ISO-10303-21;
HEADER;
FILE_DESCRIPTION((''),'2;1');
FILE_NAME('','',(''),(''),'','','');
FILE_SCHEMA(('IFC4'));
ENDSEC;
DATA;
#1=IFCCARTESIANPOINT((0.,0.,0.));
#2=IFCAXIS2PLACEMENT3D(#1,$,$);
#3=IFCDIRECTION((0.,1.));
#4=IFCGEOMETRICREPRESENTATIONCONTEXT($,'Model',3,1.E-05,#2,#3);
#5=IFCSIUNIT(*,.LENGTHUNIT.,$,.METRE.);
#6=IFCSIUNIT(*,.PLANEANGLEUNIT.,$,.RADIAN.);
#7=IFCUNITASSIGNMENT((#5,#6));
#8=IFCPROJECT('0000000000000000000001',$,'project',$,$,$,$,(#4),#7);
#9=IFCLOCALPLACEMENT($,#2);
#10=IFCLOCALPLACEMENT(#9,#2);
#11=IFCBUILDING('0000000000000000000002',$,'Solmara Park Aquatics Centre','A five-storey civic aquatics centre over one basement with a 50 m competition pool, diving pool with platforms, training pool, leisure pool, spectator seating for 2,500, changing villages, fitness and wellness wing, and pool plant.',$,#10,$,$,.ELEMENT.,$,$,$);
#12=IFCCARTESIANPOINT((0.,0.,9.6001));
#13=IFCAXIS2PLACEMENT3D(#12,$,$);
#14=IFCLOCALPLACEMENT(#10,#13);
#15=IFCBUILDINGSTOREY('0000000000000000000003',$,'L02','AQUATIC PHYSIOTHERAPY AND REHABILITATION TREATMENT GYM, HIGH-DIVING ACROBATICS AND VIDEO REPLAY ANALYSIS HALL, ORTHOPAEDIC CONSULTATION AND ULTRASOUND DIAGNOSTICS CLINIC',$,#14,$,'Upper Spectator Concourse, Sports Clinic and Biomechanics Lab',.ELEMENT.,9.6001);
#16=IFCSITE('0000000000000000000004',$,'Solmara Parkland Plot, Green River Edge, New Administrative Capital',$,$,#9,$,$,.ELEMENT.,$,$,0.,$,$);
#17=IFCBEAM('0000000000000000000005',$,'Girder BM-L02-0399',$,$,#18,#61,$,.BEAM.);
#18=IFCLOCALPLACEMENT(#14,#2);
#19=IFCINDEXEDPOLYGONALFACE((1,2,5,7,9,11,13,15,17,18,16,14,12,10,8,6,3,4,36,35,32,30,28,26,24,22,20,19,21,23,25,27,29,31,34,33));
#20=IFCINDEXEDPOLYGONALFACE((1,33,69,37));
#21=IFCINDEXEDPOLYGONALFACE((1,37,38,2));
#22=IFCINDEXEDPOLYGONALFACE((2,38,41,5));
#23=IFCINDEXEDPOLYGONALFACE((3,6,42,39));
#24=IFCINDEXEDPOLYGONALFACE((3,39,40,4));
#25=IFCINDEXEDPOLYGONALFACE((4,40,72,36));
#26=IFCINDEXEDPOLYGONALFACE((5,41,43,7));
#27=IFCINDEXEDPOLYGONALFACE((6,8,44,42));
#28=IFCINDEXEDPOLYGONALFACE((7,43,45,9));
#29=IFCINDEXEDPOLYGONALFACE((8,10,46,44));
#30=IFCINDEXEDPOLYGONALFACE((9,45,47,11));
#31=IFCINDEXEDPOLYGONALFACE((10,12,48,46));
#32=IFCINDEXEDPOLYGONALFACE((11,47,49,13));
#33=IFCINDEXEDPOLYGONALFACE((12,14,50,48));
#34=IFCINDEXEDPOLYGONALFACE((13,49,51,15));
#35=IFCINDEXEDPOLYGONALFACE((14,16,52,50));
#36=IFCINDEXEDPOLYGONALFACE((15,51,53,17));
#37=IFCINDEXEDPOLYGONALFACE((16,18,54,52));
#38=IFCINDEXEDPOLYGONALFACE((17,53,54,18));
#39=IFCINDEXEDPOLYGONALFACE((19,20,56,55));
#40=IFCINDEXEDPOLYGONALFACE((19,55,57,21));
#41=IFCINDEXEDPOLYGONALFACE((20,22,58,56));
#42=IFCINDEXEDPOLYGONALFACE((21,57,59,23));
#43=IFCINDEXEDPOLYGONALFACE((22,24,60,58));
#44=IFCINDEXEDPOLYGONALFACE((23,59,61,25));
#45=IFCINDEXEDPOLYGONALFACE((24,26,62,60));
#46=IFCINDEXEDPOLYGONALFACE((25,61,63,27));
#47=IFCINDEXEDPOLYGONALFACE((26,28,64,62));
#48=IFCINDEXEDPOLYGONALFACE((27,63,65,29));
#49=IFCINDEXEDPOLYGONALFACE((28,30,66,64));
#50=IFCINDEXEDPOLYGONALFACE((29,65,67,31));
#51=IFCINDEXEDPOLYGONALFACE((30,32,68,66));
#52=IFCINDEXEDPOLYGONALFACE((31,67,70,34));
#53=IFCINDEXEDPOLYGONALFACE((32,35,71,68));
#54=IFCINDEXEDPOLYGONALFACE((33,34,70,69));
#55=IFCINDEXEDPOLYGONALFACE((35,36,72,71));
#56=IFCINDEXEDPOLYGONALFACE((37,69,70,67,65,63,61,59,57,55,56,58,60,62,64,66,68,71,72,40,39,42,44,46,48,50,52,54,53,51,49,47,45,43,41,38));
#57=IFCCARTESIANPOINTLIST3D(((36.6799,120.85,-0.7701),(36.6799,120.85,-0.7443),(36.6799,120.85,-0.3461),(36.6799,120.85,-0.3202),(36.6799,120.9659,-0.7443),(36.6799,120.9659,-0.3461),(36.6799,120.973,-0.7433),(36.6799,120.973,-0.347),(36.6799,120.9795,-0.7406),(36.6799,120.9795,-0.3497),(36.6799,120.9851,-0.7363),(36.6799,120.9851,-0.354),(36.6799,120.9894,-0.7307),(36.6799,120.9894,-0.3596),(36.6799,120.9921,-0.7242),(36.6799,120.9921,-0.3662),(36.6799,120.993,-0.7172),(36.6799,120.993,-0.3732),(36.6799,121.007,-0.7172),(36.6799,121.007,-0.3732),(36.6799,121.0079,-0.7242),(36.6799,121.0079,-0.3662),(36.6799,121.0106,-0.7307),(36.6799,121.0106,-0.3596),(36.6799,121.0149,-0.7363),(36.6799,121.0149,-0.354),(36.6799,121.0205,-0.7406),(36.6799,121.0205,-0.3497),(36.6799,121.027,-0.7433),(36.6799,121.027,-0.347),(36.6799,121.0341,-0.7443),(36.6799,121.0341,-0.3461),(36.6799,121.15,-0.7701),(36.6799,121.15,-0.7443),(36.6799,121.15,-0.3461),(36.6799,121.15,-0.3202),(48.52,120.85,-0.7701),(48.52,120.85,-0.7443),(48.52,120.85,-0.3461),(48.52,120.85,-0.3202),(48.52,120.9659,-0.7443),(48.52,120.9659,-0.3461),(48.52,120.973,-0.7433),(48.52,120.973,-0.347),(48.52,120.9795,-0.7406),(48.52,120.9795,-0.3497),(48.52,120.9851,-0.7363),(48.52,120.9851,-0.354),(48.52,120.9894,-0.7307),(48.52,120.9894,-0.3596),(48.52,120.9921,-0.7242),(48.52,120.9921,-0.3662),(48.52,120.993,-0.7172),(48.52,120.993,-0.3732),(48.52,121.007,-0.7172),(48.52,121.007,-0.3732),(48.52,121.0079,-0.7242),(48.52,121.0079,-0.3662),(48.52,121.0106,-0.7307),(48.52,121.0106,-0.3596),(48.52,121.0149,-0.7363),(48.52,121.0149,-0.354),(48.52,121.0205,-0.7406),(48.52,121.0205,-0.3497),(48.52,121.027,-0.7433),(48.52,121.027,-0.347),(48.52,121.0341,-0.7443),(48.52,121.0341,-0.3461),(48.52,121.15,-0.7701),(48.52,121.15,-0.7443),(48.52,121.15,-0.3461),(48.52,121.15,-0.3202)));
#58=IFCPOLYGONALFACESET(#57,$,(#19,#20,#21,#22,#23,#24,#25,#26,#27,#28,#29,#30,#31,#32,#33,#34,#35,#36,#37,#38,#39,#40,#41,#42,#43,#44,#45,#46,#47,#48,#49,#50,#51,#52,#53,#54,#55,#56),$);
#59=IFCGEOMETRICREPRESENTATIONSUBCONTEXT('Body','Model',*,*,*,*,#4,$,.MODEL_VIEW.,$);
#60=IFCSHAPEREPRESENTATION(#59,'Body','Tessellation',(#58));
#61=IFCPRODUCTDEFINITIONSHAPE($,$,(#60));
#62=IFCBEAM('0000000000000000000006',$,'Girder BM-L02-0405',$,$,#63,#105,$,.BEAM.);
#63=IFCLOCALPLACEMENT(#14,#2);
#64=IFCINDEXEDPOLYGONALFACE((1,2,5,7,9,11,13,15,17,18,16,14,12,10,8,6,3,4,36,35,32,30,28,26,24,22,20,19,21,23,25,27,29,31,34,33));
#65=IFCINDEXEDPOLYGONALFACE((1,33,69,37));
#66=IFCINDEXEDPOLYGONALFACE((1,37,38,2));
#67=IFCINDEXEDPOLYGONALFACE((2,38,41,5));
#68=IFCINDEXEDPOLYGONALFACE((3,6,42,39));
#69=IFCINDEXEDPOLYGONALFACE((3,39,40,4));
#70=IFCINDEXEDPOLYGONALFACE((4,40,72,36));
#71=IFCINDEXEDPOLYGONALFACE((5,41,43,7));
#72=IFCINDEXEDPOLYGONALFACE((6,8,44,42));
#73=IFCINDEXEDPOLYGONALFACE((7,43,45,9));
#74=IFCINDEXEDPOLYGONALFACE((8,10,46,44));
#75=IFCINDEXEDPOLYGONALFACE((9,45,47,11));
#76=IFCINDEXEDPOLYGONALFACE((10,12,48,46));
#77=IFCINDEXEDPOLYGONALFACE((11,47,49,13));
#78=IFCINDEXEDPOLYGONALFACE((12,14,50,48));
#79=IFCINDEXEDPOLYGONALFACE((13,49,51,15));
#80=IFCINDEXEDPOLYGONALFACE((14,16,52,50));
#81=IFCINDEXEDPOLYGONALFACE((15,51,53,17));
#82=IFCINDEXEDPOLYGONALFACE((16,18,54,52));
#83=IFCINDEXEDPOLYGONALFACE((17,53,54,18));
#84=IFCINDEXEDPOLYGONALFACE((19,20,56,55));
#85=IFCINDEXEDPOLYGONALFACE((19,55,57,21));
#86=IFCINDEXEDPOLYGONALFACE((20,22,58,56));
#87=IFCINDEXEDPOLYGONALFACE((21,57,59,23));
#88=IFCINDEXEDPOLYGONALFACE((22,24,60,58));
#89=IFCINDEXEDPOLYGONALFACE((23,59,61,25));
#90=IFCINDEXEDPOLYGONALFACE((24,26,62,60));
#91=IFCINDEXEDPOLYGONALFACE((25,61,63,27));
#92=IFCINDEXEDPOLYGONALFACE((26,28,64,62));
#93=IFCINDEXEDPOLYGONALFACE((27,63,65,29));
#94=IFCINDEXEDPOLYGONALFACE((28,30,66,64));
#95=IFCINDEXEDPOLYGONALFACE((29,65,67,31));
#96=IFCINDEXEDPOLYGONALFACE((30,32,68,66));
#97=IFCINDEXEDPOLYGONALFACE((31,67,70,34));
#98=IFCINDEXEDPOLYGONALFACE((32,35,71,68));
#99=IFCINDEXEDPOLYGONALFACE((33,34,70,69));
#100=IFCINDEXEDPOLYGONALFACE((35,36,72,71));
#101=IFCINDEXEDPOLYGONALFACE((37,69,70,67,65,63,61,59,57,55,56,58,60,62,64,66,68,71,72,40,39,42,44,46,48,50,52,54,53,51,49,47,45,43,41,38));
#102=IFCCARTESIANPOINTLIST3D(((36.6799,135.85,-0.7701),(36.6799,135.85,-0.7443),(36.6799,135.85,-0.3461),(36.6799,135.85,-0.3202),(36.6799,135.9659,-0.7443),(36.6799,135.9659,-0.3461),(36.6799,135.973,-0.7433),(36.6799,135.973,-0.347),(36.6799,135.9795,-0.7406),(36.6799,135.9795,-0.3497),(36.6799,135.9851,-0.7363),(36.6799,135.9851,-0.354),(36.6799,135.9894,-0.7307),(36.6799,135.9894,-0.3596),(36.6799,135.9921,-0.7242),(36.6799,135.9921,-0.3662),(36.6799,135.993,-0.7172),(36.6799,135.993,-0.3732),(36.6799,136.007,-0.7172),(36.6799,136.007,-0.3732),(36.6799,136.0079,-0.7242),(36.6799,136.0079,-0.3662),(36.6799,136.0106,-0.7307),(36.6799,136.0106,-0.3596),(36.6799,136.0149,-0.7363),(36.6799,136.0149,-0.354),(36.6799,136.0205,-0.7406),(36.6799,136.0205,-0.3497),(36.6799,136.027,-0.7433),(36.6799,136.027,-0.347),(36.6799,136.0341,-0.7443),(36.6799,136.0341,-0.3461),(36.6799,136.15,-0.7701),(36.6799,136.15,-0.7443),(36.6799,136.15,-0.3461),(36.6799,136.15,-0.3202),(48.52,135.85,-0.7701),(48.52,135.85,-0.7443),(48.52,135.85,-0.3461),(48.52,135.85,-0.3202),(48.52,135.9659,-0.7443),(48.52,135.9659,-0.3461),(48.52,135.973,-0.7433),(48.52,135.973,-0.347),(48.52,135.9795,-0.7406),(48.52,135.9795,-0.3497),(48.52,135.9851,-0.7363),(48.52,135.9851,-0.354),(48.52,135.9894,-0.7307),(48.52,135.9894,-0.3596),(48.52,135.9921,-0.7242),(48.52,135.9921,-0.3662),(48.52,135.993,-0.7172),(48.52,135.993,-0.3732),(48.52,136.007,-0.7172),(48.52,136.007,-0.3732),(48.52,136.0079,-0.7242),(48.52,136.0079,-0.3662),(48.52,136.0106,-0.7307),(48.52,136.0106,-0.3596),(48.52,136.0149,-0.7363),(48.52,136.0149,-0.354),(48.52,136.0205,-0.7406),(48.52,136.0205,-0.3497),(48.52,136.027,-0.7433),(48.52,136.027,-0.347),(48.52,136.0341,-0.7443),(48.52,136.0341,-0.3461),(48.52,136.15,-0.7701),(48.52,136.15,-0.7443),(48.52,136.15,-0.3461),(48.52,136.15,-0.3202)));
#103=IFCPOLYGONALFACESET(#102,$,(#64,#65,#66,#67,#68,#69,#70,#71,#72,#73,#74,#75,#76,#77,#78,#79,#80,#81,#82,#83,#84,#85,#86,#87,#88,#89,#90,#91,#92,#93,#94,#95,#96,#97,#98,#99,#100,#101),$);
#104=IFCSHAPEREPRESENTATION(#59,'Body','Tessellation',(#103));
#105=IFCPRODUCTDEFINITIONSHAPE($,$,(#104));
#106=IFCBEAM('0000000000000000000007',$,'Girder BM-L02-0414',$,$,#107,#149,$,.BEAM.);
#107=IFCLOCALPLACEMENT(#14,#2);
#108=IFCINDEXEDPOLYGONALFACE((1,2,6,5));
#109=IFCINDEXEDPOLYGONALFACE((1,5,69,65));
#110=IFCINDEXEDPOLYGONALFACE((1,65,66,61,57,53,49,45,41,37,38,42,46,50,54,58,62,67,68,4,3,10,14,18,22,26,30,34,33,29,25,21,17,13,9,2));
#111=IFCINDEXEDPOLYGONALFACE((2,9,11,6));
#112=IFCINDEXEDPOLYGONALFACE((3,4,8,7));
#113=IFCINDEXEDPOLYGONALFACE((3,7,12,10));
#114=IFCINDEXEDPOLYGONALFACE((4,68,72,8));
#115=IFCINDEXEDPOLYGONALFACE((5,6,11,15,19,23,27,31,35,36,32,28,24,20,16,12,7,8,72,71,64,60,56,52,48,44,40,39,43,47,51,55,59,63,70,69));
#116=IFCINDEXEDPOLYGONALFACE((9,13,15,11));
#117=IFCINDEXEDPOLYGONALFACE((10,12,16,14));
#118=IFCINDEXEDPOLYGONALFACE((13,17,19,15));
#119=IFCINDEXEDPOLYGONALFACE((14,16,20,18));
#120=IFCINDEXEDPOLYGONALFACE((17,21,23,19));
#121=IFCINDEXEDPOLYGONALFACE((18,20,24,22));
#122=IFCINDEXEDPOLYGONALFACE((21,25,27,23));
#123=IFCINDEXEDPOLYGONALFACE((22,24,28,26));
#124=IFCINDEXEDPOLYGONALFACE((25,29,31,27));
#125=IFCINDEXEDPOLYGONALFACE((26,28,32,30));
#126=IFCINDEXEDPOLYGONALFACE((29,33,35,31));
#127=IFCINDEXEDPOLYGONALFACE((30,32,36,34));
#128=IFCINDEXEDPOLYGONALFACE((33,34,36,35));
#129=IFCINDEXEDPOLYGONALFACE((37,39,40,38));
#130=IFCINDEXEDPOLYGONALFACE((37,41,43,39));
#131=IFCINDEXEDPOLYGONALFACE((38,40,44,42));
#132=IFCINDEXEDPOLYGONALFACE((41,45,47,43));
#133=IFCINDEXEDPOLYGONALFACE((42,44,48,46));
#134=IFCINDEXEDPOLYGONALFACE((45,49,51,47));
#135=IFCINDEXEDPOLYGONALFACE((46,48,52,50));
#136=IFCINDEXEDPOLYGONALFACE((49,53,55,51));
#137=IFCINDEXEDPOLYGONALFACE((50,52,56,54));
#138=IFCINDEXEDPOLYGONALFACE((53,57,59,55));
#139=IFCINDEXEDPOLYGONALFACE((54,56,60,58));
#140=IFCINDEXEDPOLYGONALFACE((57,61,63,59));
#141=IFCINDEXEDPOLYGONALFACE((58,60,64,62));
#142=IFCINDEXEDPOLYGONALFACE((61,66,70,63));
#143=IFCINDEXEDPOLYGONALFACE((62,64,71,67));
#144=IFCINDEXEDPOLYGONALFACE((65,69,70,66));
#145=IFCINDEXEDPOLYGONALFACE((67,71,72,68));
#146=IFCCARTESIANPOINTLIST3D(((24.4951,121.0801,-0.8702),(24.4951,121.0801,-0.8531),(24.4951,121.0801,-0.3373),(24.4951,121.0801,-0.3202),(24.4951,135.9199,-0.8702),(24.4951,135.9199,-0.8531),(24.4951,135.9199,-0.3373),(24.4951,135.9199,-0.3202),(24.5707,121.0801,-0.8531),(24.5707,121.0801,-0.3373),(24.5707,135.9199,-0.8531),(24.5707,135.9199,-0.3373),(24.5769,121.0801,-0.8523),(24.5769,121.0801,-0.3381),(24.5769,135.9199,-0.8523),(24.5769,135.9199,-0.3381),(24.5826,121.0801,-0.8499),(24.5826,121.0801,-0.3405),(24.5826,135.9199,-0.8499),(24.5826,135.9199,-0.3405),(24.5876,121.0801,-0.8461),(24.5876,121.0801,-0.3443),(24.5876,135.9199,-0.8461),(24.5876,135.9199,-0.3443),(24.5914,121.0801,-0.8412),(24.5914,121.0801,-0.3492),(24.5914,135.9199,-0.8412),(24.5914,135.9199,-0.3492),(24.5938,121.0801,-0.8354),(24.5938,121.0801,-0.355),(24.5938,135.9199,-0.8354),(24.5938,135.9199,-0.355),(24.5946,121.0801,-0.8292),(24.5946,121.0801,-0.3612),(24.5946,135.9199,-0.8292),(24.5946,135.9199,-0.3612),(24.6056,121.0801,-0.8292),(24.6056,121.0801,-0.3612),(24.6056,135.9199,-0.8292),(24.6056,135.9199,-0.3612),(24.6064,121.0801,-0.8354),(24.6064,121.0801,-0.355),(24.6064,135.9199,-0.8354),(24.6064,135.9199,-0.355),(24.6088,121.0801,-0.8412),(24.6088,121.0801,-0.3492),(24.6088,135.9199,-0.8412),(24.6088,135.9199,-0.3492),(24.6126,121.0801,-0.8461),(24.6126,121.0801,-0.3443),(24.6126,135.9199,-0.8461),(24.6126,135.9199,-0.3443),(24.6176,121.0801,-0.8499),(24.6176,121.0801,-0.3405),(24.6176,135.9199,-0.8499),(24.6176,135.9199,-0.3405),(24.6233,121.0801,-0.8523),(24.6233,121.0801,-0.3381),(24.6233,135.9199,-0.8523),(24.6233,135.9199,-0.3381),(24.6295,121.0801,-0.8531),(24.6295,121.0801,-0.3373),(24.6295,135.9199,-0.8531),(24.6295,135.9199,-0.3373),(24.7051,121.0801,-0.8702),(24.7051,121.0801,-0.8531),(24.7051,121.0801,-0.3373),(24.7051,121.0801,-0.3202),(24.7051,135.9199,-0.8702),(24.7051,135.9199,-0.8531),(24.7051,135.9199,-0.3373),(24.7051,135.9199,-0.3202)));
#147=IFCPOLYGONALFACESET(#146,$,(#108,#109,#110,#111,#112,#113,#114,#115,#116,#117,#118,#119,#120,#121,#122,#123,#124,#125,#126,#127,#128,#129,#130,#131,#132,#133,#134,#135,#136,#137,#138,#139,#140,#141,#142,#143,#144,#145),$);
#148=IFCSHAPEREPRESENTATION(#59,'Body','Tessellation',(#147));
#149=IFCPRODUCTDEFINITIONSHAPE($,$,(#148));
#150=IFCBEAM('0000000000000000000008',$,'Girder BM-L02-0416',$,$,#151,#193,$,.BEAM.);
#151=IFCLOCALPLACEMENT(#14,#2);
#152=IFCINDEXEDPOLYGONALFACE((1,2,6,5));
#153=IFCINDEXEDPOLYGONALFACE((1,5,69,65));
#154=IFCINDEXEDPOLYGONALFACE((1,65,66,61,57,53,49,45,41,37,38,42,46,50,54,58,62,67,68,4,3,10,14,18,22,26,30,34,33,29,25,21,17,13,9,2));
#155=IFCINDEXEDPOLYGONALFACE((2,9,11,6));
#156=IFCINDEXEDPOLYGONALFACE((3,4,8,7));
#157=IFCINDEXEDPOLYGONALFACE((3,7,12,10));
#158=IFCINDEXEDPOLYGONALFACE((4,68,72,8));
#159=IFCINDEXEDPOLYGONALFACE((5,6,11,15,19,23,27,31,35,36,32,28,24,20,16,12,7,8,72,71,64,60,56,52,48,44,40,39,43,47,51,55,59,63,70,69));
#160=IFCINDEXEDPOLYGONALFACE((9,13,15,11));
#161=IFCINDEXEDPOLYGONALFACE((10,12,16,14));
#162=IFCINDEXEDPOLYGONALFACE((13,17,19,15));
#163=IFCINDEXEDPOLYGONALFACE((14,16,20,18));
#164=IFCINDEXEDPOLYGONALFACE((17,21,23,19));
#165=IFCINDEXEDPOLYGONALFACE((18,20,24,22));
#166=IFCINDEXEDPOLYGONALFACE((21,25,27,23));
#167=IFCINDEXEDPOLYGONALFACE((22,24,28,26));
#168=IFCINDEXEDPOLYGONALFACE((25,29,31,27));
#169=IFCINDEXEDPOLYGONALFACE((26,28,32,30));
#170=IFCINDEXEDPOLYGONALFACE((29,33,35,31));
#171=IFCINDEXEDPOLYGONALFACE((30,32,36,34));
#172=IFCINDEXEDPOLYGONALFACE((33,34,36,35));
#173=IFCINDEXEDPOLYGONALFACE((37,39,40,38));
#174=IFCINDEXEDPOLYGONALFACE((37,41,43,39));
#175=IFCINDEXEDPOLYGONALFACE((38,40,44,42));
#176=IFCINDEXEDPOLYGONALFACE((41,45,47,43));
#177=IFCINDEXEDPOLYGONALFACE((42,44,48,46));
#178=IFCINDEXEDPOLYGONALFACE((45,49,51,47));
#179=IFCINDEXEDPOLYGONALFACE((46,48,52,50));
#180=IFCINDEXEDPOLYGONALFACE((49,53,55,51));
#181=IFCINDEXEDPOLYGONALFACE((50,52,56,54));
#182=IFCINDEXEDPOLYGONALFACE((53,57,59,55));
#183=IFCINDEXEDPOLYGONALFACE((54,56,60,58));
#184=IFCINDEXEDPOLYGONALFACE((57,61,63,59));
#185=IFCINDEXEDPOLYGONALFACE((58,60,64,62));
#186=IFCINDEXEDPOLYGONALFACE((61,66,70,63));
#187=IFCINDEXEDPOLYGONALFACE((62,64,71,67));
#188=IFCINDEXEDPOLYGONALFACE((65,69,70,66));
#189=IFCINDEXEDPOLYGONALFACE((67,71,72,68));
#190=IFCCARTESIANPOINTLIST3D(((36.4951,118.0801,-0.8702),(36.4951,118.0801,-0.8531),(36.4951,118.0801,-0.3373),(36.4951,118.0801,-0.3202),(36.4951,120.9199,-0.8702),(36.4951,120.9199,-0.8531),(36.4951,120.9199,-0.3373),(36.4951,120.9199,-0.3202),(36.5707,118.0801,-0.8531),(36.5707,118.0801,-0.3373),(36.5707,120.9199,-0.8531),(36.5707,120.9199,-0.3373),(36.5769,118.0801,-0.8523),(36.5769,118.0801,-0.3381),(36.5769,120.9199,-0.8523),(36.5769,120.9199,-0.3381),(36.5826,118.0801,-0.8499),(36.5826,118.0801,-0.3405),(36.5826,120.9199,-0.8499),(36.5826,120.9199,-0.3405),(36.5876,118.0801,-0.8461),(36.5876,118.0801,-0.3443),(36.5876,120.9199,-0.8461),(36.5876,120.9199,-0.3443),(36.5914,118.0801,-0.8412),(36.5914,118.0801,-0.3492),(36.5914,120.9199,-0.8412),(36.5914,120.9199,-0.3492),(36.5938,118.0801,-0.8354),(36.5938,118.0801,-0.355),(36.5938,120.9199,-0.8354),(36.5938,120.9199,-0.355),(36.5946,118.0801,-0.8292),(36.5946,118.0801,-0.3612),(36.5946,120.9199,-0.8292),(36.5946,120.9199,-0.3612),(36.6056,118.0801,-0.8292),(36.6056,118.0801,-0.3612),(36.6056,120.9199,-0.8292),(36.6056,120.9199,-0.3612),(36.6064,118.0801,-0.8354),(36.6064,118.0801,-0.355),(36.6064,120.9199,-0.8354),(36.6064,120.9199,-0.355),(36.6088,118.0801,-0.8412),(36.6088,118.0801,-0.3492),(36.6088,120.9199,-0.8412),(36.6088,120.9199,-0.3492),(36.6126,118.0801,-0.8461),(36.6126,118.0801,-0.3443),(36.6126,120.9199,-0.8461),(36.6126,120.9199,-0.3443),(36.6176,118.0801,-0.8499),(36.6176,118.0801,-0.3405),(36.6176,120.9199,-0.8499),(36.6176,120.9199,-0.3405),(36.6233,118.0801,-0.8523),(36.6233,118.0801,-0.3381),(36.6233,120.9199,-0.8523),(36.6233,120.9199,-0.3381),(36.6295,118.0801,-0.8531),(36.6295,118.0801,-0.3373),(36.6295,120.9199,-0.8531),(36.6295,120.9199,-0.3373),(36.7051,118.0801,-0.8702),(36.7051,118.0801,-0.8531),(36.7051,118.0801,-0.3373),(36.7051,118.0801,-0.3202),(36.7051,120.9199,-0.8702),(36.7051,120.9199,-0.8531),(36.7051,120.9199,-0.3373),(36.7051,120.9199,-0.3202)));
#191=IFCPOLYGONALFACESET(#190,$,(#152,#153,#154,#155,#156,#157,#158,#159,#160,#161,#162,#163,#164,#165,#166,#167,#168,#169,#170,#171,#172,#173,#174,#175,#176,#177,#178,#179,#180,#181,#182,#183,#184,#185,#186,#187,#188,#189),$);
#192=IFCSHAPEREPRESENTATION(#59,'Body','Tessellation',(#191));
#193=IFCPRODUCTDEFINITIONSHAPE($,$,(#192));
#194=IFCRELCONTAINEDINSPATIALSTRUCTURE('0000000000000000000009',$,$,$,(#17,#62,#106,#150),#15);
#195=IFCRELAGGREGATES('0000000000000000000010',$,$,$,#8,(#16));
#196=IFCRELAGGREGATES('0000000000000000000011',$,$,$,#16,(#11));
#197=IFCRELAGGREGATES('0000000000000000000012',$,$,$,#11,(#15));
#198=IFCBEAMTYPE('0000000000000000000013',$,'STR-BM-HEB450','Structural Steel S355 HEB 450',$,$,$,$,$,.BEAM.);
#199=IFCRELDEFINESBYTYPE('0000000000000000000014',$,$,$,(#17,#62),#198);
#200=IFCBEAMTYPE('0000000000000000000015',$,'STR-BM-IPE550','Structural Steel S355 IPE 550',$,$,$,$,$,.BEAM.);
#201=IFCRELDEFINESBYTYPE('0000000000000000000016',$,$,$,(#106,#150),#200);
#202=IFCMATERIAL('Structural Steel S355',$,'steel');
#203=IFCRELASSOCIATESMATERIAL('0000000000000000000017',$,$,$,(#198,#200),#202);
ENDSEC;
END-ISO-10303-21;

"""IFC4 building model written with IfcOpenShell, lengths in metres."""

from ifc_helpers import new_model, si_unit, direction, frame, origin, origin_2d, place, context, subcontext, project, spatial, i_section, extrude, material, material_profile, profile_set, type_object, element, save


model = new_model("IFC4")

# Units and contexts
model_context = context("Model", 3, precision=1e-05, world=origin(), true_north=direction((0.0, 1.0)))
body_context = subcontext(model_context, "Body", "Model", "MODEL_VIEW")
ifc_project = project(units=[si_unit("LENGTHUNIT", "METRE"), si_unit("PLANEANGLEUNIT", "RADIAN")], contexts=[model_context])

# Site, building, storey
site_placement = place(None, origin())
site = spatial("IfcSite", under=ifc_project, at=site_placement, Name="Solmara Parkland Plot, Green River Edge, New Administrative Capital", CompositionType="ELEMENT", RefElevation=0.0)
building_placement = place(site_placement, origin())
building = spatial("IfcBuilding", under=site, at=building_placement, Name="Solmara Park Aquatics Centre", Description="A five-storey civic aquatics centre over one basement with a 50 m competition pool, diving pool with platforms, training pool, leisure pool, spectator seating for 2,500, changing villages, fitness and wellness wing, and pool plant.", CompositionType="ELEMENT")
storey_placement = place(building_placement, frame((0.0, 0.0, 9.6001)))
storey = spatial("IfcBuildingStorey", under=building, at=storey_placement, Name="L02", Description="AQUATIC PHYSIOTHERAPY AND REHABILITATION TREATMENT GYM, HIGH-DIVING ACROBATICS AND VIDEO REPLAY ANALYSIS HALL, ORTHOPAEDIC CONSULTATION AND ULTRASOUND DIAGNOSTICS CLINIC", LongName="Upper Spectator Concourse, Sports Clinic and Biomechanics Lab", CompositionType="ELEMENT", Elevation=9.6001)

# Shared definitions
ifc_material_1 = material(Name="Structural Steel S355", Category="steel")

# Beams
ifc_material_profile_1 = material_profile(ifc_material_1, i_section(OverallWidth=0.3, OverallDepth=0.45, WebThickness=0.0139, FlangeThickness=0.0259, FilletRadius=0.0271, at=origin_2d()), Name="HEB 450")
ifc_profile_set_1 = profile_set([ifc_material_profile_1], Name="Structural Steel S355")
beam_type_1 = type_object("IfcBeamType", Name="STR-BM-HEB450", Description="Structural Steel S355 HEB 450", PredefinedType="BEAM", material=ifc_profile_set_1)
for number, where, z_axis, x_axis, name in (
    (1, (36.6799, 121.0, -0.5452), (1.0, 0.0, 0.0), (0.0, 1.0, 0.0), "Girder BM-L02-0399"),
    (2, (36.6799, 136.0, -0.5452), (1.0, 0.0, 0.0), (0.0, 1.0, 0.0), "Girder BM-L02-0405"),
):
    element("IfcBeam", number, at=place(storey_placement, frame(where, z_axis=z_axis, x_axis=x_axis)), inside=storey, type_object=beam_type_1, Name=name, PredefinedType="BEAM", context=body_context, shape_type="SweptSolid", body=[
        extrude(i_section(OverallWidth=0.3, OverallDepth=0.45, WebThickness=0.0139, FlangeThickness=0.0259, FilletRadius=0.0271, at=origin_2d()), origin(), (0.0, 0.0, 1.0), 11.8401),
    ])
ifc_material_profile_2 = material_profile(ifc_material_1, i_section(OverallWidth=0.21, OverallDepth=0.55, WebThickness=0.011, FlangeThickness=0.0171, FilletRadius=0.0239, at=origin_2d()), Name="IPE 550")
ifc_profile_set_2 = profile_set([ifc_material_profile_2], Name="Structural Steel S355")
beam_type_2 = type_object("IfcBeamType", Name="STR-BM-IPE550", Description="Structural Steel S355 IPE 550", PredefinedType="BEAM", material=ifc_profile_set_2)
beam_1_placement = place(storey_placement, frame((24.6001, 121.0801, -0.5952), z_axis=(0.0, 1.0, 0.0), x_axis=(-1.0, 0.0, 0.0)))
element("IfcBeam", 3, at=beam_1_placement, inside=storey, type_object=beam_type_2, Name="Girder BM-L02-0414", PredefinedType="BEAM", context=body_context, shape_type="SweptSolid", body=[
    extrude(i_section(OverallWidth=0.21, OverallDepth=0.55, WebThickness=0.011, FlangeThickness=0.0171, FilletRadius=0.0239, at=origin_2d()), origin(), (0.0, 0.0, 1.0), 14.8398),
])
beam_2_placement = place(storey_placement, frame((36.6001, 118.0801, -0.5952), z_axis=(0.0, 1.0, 0.0), x_axis=(-1.0, 0.0, 0.0)))
element("IfcBeam", 4, at=beam_2_placement, inside=storey, type_object=beam_type_2, Name="Girder BM-L02-0416", PredefinedType="BEAM", context=body_context, shape_type="SweptSolid", body=[
    extrude(i_section(OverallWidth=0.21, OverallDepth=0.55, WebThickness=0.011, FlangeThickness=0.0171, FilletRadius=0.0239, at=origin_2d()), origin(), (0.0, 0.0, 1.0), 2.8398),
])

save(model, "model.ifc")
